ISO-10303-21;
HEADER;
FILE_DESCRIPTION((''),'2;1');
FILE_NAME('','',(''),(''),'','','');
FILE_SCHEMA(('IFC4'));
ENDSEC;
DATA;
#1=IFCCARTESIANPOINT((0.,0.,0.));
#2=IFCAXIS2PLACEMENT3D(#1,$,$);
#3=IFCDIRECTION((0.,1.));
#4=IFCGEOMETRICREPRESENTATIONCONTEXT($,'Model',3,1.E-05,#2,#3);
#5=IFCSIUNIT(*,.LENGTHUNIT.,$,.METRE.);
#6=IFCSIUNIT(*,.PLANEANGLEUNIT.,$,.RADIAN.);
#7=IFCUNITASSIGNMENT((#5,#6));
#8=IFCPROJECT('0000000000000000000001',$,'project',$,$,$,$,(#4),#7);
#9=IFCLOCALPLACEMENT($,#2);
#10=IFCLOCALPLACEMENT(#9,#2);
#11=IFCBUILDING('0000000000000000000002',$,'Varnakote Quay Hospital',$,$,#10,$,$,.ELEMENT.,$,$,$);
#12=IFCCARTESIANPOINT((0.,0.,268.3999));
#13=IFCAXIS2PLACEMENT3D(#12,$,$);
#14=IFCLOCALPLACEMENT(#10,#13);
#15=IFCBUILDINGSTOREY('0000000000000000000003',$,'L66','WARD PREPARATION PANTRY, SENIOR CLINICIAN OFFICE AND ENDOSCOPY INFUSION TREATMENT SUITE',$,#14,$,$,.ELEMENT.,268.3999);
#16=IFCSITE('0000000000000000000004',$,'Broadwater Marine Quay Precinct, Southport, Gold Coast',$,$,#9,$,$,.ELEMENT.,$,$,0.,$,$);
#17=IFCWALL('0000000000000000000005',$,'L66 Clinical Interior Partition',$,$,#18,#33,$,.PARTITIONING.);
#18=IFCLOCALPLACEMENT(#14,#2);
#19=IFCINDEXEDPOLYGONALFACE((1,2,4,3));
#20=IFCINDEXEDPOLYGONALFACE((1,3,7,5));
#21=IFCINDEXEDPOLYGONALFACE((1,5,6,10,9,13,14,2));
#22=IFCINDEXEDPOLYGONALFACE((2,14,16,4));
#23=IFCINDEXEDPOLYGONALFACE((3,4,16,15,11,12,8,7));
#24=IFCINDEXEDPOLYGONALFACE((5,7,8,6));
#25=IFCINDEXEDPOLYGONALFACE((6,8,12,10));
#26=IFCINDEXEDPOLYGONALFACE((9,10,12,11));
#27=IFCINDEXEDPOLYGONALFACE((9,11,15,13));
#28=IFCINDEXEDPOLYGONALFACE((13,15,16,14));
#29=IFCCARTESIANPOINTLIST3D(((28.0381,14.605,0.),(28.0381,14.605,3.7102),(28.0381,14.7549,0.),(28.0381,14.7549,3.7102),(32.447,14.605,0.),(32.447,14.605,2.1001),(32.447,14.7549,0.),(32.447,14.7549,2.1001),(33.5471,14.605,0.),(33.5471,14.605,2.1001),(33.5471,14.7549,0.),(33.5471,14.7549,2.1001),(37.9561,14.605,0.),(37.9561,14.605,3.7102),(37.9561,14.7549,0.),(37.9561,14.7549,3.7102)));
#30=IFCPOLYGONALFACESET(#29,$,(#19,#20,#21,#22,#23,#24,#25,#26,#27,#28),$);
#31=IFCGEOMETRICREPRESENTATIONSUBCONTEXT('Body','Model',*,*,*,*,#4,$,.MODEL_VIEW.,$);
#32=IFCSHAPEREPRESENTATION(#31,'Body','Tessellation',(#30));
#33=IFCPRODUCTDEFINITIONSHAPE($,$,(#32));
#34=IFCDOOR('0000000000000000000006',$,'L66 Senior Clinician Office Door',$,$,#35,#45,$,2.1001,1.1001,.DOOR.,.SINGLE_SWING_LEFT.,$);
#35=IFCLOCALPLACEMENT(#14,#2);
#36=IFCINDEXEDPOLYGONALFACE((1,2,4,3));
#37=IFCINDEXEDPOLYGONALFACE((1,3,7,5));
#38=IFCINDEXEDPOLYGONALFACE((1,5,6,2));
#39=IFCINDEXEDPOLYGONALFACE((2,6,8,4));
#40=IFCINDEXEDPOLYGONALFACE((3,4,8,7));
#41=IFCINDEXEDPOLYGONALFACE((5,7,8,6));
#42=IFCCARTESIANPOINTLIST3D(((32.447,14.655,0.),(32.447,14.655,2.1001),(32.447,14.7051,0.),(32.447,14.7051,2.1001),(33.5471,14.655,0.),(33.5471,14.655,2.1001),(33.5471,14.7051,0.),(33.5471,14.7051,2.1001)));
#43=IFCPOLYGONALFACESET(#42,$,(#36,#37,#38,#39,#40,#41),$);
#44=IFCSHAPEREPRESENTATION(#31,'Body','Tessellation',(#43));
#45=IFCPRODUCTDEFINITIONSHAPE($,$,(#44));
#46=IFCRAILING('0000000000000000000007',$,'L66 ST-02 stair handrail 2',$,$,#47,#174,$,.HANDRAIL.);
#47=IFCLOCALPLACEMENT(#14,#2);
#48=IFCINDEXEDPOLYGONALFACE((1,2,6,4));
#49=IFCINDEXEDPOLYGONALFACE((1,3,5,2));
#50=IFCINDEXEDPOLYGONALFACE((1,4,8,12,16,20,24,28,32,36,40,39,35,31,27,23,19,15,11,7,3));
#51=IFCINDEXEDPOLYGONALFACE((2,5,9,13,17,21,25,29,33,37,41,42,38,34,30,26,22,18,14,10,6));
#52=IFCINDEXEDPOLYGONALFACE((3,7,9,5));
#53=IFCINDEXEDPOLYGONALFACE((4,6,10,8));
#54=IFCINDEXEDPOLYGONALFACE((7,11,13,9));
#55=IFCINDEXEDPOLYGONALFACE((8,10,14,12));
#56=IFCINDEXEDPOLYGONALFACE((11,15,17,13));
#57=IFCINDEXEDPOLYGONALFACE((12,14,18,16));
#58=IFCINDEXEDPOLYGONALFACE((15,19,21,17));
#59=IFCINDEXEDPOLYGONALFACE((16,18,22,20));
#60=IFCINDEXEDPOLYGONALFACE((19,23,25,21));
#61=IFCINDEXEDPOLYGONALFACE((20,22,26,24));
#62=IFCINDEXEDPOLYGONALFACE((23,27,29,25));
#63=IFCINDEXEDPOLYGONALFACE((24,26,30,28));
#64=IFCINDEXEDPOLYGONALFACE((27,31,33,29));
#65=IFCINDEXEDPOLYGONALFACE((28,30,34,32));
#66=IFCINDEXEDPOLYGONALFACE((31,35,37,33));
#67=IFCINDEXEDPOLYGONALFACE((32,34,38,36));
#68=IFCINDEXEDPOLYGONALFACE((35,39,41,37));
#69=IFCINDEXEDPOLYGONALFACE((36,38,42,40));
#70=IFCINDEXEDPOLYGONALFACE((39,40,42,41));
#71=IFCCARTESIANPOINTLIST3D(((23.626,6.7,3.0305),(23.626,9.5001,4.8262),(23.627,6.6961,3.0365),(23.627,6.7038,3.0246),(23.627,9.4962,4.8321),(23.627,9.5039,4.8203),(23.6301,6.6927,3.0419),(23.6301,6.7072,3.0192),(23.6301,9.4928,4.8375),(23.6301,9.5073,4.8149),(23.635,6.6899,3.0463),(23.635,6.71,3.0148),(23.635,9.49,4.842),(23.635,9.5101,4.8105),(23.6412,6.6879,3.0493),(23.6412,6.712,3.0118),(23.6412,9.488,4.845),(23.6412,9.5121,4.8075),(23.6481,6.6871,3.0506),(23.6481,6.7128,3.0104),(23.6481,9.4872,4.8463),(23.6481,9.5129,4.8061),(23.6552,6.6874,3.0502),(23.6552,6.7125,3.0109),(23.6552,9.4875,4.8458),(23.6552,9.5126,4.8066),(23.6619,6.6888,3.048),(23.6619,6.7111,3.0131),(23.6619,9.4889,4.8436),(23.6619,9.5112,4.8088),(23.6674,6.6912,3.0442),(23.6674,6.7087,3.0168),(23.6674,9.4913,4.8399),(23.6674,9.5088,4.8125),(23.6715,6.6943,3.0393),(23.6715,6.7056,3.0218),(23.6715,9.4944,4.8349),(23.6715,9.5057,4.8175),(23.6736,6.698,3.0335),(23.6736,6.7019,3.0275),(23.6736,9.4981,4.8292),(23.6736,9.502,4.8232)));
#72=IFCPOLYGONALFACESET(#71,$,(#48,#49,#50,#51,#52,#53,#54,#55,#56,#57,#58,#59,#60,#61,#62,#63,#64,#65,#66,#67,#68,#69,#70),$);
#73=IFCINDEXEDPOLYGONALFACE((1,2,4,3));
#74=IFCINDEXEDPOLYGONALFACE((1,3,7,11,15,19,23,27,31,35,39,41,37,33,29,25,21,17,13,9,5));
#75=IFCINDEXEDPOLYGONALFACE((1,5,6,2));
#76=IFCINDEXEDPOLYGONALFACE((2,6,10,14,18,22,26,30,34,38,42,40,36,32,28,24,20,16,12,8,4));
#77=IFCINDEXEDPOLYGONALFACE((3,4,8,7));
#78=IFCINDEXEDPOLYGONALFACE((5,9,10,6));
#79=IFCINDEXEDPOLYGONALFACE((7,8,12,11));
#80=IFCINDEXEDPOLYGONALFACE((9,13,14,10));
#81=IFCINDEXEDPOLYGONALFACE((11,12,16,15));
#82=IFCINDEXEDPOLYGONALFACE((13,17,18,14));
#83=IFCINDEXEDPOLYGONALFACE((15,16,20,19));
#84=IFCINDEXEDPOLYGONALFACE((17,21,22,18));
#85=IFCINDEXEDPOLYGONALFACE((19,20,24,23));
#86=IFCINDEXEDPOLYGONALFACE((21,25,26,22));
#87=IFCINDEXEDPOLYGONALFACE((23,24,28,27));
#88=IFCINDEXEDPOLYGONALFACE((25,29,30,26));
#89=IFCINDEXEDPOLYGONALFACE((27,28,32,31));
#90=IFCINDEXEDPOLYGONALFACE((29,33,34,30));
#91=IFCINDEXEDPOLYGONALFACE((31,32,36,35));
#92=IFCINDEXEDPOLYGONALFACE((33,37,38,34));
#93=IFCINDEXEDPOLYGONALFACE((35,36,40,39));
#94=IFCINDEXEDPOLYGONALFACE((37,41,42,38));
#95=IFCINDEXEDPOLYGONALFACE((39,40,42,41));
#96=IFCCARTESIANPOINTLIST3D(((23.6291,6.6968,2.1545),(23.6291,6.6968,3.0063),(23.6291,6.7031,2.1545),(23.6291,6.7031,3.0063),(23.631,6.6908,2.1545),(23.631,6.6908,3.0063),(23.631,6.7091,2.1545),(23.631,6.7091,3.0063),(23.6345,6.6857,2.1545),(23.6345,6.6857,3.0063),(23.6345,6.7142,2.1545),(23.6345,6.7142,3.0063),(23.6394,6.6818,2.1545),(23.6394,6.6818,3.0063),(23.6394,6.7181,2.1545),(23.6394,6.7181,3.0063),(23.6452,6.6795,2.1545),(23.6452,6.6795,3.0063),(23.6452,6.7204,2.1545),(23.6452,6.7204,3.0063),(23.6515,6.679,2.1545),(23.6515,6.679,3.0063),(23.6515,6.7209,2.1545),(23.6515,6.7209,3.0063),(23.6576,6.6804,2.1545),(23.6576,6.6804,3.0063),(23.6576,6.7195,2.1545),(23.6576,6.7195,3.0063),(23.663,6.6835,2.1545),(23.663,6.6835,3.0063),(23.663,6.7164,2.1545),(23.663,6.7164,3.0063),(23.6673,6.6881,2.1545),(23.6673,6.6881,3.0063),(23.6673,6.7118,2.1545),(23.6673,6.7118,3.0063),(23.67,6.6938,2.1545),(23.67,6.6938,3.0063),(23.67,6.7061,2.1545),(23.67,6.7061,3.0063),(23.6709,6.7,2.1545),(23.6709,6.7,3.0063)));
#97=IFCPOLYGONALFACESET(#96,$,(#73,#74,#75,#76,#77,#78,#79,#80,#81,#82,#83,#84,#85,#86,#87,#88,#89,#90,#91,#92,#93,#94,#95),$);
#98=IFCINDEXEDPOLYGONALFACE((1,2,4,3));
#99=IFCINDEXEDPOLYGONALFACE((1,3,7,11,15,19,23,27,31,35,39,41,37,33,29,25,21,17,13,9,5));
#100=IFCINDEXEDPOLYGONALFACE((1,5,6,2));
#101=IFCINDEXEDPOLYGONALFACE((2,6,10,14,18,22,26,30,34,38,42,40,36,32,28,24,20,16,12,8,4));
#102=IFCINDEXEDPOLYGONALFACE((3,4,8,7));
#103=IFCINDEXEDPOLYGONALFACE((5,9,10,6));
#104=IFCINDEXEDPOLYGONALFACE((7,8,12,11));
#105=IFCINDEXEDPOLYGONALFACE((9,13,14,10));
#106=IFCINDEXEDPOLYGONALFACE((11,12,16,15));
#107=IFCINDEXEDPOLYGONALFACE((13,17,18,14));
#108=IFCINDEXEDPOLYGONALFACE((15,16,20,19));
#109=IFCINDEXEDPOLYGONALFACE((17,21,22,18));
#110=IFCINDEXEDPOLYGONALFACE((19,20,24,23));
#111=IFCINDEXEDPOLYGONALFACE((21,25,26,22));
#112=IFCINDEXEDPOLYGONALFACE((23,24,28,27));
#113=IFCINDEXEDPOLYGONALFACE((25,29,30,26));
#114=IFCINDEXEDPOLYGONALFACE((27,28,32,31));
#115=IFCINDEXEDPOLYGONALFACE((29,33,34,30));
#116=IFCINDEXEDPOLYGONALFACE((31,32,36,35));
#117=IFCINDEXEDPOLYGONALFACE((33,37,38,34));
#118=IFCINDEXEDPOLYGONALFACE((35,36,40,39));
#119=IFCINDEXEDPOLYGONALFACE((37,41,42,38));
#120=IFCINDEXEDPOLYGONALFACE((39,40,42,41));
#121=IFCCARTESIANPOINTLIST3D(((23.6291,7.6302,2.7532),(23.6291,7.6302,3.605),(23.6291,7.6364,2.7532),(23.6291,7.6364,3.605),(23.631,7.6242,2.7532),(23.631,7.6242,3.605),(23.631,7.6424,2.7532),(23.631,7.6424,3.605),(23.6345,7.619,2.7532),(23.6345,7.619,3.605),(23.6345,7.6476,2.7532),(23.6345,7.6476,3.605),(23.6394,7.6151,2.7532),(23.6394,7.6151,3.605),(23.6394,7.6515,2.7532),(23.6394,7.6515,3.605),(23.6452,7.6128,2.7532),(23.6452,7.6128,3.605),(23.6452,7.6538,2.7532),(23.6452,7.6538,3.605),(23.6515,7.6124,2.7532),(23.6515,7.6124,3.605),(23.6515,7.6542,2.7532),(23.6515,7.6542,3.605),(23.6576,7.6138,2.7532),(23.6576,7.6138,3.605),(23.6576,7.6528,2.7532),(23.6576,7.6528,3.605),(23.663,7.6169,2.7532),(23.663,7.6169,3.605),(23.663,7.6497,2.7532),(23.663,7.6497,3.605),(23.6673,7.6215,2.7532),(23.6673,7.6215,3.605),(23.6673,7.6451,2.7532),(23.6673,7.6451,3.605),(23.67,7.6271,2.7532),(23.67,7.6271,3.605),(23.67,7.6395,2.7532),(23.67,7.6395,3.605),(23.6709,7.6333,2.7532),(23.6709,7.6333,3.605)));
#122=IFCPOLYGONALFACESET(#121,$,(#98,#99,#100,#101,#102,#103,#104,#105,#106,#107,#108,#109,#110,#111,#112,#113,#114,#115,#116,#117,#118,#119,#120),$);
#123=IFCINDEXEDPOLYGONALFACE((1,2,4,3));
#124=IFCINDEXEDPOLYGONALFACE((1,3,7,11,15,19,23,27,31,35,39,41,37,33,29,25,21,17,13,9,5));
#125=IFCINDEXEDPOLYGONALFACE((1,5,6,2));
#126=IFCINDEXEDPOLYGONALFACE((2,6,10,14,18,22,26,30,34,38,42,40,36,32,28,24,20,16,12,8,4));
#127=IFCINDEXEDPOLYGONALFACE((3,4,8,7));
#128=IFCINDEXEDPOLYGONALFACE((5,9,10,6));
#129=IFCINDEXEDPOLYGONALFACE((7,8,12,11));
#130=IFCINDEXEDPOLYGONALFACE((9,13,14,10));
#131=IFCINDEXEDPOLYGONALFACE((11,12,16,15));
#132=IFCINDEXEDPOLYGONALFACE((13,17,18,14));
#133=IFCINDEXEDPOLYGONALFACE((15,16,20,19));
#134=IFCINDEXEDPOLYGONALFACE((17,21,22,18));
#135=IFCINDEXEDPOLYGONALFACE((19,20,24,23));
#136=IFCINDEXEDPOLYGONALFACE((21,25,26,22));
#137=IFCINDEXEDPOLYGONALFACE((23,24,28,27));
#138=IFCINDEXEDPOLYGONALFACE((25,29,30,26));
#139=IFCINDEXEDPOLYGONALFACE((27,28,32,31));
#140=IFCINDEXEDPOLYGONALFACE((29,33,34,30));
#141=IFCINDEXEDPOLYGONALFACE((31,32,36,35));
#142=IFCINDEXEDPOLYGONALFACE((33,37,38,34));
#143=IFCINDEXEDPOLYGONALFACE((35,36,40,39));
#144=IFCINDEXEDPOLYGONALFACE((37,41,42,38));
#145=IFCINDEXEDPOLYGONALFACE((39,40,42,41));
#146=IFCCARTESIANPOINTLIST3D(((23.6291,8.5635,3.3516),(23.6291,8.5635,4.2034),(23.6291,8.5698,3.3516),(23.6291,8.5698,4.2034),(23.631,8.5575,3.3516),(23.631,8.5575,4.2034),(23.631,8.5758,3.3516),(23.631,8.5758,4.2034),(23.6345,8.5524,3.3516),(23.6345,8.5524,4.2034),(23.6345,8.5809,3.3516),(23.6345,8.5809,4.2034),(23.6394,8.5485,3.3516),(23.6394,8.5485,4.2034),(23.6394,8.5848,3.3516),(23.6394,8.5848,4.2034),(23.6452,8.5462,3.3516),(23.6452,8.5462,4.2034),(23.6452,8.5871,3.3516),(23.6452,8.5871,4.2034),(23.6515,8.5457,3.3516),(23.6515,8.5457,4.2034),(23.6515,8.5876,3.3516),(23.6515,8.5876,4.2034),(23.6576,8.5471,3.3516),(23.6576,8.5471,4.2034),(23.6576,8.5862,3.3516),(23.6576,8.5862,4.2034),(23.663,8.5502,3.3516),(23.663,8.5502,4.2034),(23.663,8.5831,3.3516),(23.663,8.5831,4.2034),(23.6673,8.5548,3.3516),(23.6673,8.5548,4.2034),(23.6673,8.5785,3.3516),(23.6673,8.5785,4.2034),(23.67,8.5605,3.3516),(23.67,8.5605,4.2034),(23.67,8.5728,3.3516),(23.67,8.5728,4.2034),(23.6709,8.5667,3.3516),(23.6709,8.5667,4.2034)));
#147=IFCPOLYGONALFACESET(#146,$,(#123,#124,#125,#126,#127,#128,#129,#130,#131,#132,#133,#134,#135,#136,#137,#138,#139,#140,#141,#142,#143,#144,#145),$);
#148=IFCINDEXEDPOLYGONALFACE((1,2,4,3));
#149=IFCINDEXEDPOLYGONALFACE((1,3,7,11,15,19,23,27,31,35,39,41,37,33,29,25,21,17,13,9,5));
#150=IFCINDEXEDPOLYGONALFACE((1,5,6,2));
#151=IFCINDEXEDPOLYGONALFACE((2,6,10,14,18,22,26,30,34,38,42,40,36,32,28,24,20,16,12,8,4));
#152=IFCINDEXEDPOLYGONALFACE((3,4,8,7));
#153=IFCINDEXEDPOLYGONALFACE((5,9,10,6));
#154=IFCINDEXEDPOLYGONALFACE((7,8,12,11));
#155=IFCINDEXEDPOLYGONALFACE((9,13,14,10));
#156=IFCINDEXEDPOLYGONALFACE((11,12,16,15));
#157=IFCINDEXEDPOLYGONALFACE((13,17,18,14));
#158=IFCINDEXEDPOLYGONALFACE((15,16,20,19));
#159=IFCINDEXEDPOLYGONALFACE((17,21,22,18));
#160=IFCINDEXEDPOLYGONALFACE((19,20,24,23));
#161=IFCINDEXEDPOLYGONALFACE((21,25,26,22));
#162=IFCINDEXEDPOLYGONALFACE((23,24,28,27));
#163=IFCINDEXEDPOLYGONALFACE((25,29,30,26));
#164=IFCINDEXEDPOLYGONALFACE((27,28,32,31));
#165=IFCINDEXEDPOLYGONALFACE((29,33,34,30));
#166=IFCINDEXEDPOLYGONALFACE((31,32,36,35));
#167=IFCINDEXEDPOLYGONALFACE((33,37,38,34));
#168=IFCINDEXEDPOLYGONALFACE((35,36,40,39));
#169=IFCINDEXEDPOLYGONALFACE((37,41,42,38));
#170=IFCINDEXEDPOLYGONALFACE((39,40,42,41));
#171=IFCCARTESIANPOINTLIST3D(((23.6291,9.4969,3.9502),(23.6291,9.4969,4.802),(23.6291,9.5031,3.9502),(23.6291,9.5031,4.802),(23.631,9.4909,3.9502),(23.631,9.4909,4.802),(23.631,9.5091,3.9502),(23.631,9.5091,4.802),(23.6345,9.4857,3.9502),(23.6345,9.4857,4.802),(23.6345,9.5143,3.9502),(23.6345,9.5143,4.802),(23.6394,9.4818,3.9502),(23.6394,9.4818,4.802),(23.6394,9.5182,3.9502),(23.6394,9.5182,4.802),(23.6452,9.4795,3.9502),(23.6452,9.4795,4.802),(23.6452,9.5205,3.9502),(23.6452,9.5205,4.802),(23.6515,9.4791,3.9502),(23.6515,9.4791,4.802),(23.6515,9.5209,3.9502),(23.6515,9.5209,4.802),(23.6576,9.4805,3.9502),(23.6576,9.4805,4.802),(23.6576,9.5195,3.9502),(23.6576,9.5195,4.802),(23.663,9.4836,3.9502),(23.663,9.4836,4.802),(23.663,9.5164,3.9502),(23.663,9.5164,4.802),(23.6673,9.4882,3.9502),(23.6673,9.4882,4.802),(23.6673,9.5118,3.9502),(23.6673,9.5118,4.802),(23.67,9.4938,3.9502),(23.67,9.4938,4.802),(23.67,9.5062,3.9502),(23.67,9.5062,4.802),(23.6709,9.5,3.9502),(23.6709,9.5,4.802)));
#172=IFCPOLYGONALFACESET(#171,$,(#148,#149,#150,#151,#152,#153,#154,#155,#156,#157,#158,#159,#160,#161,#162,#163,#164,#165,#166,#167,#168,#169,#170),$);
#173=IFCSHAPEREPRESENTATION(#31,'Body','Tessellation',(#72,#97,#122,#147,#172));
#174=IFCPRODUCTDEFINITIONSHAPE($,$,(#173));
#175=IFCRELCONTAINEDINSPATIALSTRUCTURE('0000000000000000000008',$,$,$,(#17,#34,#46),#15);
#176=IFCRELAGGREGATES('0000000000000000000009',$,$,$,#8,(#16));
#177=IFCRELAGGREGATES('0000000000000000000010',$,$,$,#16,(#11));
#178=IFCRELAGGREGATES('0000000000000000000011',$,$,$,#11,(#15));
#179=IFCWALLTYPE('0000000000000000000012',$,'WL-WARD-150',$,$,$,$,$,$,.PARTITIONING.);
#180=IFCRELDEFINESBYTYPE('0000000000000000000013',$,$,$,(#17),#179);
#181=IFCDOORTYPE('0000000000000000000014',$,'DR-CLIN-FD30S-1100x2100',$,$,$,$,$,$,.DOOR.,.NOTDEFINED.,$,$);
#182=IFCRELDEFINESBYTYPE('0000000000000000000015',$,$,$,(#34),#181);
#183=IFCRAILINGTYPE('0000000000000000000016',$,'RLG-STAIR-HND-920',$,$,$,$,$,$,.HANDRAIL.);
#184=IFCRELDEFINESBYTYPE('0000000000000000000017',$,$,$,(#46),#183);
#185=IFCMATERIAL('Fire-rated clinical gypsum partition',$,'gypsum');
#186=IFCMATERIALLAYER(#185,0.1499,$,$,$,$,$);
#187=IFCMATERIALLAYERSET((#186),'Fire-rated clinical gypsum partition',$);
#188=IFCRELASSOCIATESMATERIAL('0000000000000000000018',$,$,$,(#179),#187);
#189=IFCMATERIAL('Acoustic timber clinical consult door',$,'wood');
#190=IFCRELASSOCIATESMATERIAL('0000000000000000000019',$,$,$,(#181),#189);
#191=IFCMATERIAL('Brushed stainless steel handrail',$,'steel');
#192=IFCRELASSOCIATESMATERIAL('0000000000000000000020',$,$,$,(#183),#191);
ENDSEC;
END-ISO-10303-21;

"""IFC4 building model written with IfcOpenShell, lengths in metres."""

from ifc_helpers import new_model, si_unit, direction, frame, frame_2d, origin, origin_2d, place, context, subcontext, project, spatial, rectangle, circle, extrude, material, layer, layer_set, type_object, element, fill, save


model = new_model("IFC4")

# Units and contexts
model_context = context("Model", 3, precision=1e-05, world=origin(), true_north=direction((0.0, 1.0)))
body_context = subcontext(model_context, "Body", "Model", "MODEL_VIEW")
ifc_project = project(units=[si_unit("LENGTHUNIT", "METRE"), si_unit("PLANEANGLEUNIT", "RADIAN")], contexts=[model_context])

# Site, building, storey
site_placement = place(None, origin())
site = spatial("IfcSite", under=ifc_project, at=site_placement, Name="Broadwater Marine Quay Precinct, Southport, Gold Coast", CompositionType="ELEMENT", RefElevation=0.0)
building_placement = place(site_placement, origin())
building = spatial("IfcBuilding", under=site, at=building_placement, Name="Varnakote Quay Hospital", CompositionType="ELEMENT")
storey_placement = place(building_placement, frame((0.0, 0.0, 268.3999)))
storey = spatial("IfcBuildingStorey", under=building, at=storey_placement, Name="L66", Description="WARD PREPARATION PANTRY, SENIOR CLINICIAN OFFICE AND ENDOSCOPY INFUSION TREATMENT SUITE", CompositionType="ELEMENT", Elevation=268.3999)

# Wall, opening, door
ifc_material_1 = material(Name="Fire-rated clinical gypsum partition", Category="gypsum")
ifc_layer_1 = layer(ifc_material_1, 0.1499)
ifc_layer_set_1 = layer_set([ifc_layer_1], Name="Fire-rated clinical gypsum partition")
wall_type_1 = type_object("IfcWallType", Name="WL-WARD-150", PredefinedType="PARTITIONING", material=ifc_layer_set_1)
ifc_material_2 = material(Name="Acoustic timber clinical consult door", Category="wood")
door_type = type_object("IfcDoorType", Name="DR-CLIN-FD30S-1100x2100", OperationType="NOTDEFINED", PredefinedType="DOOR", material=ifc_material_2)
wall_1_placement = place(storey_placement, frame((37.9561, 14.6799, 0.0), z_axis=(0.0, 0.0, 1.0), x_axis=(-1.0, 0.0, 0.0)))
wall_1 = element("IfcWall", 1, at=wall_1_placement, inside=storey, type_object=wall_type_1, Name="L66 Clinical Interior Partition", PredefinedType="PARTITIONING", context=body_context, shape_type="SweptSolid", body=[
    extrude(rectangle(XDim=9.918, YDim=0.1499, at=frame_2d((4.959, 0.0))), origin(), (0.0, 0.0, 1.0), 3.7102),
])
opening_1_placement = place(wall_1_placement, frame((4.4089, 0.0, 0.0)))
opening_1 = element("IfcOpeningElement", 2, at=opening_1_placement, cuts=wall_1, PredefinedType="OPENING", context=body_context, shape_type="SweptSolid", body=[
    extrude(rectangle(XDim=1.1001, YDim=2.1001, at=frame_2d((0.55, 1.05))), frame((0.0, 0.085, 0.0), z_axis=(0.0, -1.0, 0.0), x_axis=(1.0, 0.0, 0.0)), (0.0, 0.0, 1.0), 0.1699),
])
door_1_placement = place(opening_1_placement, origin())
door_1 = element("IfcDoor", 3, at=door_1_placement, inside=storey, type_object=door_type, Name="L66 Senior Clinician Office Door", OperationType="SINGLE_SWING_LEFT", OverallHeight=2.1001, OverallWidth=1.1001, PredefinedType="DOOR", context=body_context, shape_type="SweptSolid", body=[
    extrude(rectangle(XDim=1.1001, YDim=2.1001, at=frame_2d((0.55, 1.05))), frame((0.0, 0.0249, 0.0), z_axis=(0.0, -1.0, 0.0), x_axis=(1.0, 0.0, 0.0)), (0.0, 0.0, 1.0), 0.05),
])
fill(opening_1, door_1)

# Railing
ifc_material_3 = material(Name="Brushed stainless steel handrail", Category="steel")
railing_type = type_object("IfcRailingType", Name="RLG-STAIR-HND-920", PredefinedType="HANDRAIL", material=ifc_material_3)
railing_placement = place(storey_placement, frame((23.6499, 6.7, 2.1545)))
element("IfcRailing", 4, at=railing_placement, inside=storey, type_object=railing_type, Name="L66 ST-02 stair handrail 2", PredefinedType="HANDRAIL", context=body_context, shape_type="SweptSolid", body=[
    extrude(circle(Radius=0.0239, at=origin_2d()), frame((0.0, 0.0, 0.876), z_axis=(0.0, 0.841777, 0.539826), x_axis=(-1.0, 0.0, 0.0)), (0.0, 0.0, 1.0), 3.3264),
    extrude(circle(Radius=0.021, at=origin_2d()), origin(), (0.0, 0.0, 1.0), 0.8518),
    extrude(circle(Radius=0.021, at=origin_2d()), frame((0.0, 0.9333, 0.5986)), (0.0, 0.0, 1.0), 0.8518),
    extrude(circle(Radius=0.021, at=origin_2d()), frame((0.0, 1.8667, 1.197)), (0.0, 0.0, 1.0), 0.8518),
    extrude(circle(Radius=0.021, at=origin_2d()), frame((0.0, 2.8, 1.7957)), (0.0, 0.0, 1.0), 0.8518),
])

save(model, "model.ifc")
